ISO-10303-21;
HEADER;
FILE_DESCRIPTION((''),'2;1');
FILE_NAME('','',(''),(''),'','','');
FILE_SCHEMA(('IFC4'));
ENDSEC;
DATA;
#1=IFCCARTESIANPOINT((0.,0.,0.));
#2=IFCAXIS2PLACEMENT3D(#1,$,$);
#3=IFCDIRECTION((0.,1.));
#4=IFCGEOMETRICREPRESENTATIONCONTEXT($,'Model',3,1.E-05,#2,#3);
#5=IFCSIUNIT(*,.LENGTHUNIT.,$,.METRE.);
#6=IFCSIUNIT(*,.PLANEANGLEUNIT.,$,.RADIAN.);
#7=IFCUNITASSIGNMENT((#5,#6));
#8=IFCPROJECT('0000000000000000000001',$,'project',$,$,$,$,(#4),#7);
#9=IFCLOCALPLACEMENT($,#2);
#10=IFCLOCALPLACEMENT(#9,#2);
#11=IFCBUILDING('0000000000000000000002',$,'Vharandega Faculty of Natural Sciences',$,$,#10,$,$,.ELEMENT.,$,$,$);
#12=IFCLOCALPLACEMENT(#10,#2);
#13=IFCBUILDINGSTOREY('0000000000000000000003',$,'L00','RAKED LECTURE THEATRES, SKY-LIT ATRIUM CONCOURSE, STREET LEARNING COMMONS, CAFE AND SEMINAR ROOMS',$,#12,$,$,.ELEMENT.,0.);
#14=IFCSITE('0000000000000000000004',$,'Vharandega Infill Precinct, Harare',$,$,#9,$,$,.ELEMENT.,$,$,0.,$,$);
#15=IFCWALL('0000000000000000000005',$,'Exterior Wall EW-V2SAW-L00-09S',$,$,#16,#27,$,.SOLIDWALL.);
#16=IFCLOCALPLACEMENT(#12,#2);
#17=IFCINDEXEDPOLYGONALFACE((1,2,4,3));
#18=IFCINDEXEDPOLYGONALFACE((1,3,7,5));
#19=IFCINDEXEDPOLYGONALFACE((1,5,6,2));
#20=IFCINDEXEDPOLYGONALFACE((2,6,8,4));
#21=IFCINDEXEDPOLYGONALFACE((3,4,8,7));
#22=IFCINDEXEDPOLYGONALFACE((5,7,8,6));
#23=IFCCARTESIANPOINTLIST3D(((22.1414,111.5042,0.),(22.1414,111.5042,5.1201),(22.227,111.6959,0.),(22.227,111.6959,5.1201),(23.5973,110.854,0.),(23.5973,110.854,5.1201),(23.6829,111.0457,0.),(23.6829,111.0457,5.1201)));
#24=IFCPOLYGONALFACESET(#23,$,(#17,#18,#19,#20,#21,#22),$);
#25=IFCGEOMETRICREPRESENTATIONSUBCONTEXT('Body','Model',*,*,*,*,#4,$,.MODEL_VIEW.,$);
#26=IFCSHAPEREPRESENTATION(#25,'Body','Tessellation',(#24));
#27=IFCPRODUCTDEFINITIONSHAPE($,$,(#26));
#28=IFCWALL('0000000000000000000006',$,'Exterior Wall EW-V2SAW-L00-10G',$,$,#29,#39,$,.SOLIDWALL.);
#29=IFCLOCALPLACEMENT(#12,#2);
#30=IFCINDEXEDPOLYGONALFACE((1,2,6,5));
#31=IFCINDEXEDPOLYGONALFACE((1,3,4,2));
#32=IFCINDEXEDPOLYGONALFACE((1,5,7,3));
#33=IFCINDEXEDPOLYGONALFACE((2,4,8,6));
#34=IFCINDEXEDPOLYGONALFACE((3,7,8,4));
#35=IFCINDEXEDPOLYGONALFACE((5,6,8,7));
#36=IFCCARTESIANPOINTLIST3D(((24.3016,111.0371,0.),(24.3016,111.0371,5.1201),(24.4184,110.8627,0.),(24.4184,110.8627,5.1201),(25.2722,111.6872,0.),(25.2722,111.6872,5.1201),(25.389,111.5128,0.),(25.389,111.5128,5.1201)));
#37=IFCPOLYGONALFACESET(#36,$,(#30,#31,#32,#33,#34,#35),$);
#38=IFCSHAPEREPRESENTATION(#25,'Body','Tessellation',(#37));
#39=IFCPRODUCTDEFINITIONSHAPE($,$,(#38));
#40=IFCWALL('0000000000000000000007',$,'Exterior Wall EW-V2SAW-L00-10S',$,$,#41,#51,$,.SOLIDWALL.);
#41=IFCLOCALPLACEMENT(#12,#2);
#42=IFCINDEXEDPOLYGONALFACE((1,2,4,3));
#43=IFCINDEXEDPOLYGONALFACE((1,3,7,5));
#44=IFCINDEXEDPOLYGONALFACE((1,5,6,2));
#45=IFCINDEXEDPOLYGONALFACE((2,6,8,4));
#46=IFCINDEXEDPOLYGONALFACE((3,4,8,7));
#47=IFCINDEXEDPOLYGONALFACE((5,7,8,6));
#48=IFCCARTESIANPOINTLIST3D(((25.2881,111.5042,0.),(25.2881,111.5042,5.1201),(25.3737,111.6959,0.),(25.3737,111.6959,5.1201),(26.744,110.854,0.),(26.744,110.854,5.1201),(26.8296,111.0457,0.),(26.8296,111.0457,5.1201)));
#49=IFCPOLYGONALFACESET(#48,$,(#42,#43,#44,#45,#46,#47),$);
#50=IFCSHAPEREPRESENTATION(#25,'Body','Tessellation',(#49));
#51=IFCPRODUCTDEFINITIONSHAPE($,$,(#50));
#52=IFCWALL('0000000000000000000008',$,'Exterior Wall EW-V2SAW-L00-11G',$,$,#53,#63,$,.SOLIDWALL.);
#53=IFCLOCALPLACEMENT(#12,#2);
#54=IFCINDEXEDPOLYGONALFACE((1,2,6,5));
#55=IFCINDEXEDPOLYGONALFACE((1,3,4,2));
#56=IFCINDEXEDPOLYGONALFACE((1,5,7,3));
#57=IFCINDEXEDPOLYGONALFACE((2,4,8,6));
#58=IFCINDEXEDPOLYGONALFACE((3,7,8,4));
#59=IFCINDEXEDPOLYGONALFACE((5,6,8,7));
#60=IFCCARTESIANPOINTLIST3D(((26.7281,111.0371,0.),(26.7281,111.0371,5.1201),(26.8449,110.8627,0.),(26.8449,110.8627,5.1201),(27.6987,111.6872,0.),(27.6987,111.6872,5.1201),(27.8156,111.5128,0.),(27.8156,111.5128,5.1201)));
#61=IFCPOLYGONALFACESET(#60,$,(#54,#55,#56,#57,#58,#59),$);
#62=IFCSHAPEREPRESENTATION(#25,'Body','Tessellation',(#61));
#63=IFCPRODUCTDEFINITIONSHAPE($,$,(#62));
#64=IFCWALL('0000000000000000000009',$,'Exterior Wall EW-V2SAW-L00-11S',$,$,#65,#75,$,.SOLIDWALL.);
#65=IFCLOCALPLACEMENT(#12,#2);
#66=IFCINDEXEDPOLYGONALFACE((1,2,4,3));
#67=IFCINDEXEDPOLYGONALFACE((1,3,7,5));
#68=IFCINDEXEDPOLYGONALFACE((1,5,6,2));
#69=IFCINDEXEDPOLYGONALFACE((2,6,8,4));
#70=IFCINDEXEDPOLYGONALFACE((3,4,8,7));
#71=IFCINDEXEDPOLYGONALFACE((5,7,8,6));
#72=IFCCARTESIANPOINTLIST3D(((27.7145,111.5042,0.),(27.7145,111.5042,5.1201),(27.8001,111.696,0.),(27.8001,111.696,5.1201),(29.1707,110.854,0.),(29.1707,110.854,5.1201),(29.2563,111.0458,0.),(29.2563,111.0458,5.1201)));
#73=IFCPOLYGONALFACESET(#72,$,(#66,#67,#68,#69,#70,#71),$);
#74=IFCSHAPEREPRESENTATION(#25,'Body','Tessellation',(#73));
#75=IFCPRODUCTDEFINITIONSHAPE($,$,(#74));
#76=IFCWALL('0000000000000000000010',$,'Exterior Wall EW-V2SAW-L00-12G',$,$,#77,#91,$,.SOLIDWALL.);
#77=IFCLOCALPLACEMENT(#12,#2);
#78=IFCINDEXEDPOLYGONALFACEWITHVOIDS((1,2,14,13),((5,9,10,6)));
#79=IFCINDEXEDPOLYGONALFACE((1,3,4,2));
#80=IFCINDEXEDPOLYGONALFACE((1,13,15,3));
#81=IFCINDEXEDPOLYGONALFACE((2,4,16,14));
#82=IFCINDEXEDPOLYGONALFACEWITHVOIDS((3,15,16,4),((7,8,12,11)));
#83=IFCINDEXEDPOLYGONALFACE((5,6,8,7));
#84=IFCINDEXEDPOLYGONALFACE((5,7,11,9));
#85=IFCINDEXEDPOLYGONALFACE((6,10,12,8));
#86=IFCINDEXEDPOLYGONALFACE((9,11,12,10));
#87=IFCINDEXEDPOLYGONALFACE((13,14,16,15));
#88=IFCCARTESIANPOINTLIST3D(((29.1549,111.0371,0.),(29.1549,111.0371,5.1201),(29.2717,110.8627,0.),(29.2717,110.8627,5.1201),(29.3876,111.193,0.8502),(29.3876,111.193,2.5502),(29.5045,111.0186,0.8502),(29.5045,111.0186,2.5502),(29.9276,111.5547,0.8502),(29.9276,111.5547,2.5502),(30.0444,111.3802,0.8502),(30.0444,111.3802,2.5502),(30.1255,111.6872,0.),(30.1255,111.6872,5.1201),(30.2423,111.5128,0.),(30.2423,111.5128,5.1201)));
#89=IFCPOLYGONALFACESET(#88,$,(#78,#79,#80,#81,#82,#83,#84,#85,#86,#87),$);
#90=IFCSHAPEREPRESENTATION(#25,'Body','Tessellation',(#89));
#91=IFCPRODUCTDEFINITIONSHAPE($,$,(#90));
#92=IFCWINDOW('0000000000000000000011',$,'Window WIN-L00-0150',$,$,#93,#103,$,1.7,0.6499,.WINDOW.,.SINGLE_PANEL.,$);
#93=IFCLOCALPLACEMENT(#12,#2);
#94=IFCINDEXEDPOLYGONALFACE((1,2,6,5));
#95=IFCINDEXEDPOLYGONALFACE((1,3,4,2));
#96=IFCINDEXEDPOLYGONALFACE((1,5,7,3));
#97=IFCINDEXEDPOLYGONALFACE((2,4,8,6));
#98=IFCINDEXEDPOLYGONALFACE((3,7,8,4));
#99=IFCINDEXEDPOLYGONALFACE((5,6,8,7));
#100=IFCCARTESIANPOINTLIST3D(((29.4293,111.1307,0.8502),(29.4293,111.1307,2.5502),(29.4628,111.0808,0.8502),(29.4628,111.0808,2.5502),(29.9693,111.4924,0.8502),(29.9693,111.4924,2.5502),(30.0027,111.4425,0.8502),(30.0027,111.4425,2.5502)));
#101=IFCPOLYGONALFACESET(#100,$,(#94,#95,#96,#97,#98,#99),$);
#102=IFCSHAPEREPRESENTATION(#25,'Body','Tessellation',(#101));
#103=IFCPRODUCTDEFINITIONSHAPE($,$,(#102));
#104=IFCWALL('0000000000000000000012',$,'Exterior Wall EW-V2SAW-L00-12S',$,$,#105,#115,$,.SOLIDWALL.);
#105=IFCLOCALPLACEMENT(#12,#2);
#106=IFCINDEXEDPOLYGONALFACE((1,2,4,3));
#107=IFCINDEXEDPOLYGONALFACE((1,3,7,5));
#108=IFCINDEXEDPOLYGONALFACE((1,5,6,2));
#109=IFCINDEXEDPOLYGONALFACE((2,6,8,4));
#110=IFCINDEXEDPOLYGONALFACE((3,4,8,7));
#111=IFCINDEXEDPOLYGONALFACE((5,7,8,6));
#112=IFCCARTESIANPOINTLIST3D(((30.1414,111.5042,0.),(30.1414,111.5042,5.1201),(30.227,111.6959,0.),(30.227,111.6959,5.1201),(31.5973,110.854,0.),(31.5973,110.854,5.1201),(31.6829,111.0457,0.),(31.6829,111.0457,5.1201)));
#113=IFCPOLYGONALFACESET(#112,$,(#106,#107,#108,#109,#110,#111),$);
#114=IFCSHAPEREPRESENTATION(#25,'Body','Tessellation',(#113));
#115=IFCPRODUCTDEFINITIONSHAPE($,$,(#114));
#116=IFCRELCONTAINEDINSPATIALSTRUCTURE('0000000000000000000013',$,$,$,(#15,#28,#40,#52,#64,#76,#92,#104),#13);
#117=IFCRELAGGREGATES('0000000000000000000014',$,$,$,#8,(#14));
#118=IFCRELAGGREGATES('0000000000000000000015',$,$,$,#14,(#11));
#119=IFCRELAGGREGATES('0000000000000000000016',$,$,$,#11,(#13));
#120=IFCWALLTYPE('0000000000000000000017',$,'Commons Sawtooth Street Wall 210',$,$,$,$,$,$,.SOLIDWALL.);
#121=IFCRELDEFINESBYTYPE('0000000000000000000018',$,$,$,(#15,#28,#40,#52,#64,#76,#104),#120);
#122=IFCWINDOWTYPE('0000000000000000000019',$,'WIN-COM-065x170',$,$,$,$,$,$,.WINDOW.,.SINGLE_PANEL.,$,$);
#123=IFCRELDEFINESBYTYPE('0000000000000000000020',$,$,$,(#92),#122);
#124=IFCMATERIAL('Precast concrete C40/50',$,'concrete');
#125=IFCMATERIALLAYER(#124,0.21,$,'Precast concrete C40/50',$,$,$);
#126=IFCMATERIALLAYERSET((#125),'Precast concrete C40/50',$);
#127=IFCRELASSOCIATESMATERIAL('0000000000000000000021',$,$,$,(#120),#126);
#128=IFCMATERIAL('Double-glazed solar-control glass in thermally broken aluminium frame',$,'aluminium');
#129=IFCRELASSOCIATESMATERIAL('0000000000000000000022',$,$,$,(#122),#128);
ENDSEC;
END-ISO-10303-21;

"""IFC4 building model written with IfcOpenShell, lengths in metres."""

from ifc_helpers import new_model, si_unit, direction, frame, frame_2d, origin, place, context, subcontext, project, spatial, rectangle, extrude, material, layer, layer_set, type_object, element, fill, save


model = new_model("IFC4")

# Units and contexts
model_context = context("Model", 3, precision=1e-05, world=origin(), true_north=direction((0.0, 1.0)))
body_context = subcontext(model_context, "Body", "Model", "MODEL_VIEW")
ifc_project = project(units=[si_unit("LENGTHUNIT", "METRE"), si_unit("PLANEANGLEUNIT", "RADIAN")], contexts=[model_context])

# Site, building, storey
site_placement = place(None, origin())
site = spatial("IfcSite", under=ifc_project, at=site_placement, Name="Vharandega Infill Precinct, Harare", CompositionType="ELEMENT", RefElevation=0.0)
building_placement = place(site_placement, origin())
building = spatial("IfcBuilding", under=site, at=building_placement, Name="Vharandega Faculty of Natural Sciences", CompositionType="ELEMENT")
storey_placement = place(building_placement, origin())
storey = spatial("IfcBuildingStorey", under=building, at=storey_placement, Name="L00", Description="RAKED LECTURE THEATRES, SKY-LIT ATRIUM CONCOURSE, STREET LEARNING COMMONS, CAFE AND SEMINAR ROOMS", CompositionType="ELEMENT", Elevation=0.0)

# Shared definitions
ifc_material_1 = material(Name="Precast concrete C40/50", Category="concrete")
ifc_layer = layer(ifc_material_1, 0.21, Name="Precast concrete C40/50")
ifc_layer_set = layer_set([ifc_layer], Name="Precast concrete C40/50")
wall_type = type_object("IfcWallType", Name="Commons Sawtooth Street Wall 210", PredefinedType="SOLIDWALL", material=ifc_layer_set)

# Shared definitions
ifc_material_2 = material(Name="Double-glazed solar-control glass in thermally broken aluminium frame", Category="aluminium")
window_type = type_object("IfcWindowType", Name="WIN-COM-065x170", PartitioningType="SINGLE_PANEL", PredefinedType="WINDOW", material=ifc_material_2)

# Walls
wall_1_placement = place(storey_placement, frame((22.1841, 111.6001, 0.0), z_axis=(0.0, 0.0, 1.0), x_axis=(0.913084, -0.407772, 0.0)))
element("IfcWall", 1, at=wall_1_placement, inside=storey, type_object=wall_type, Name="Exterior Wall EW-V2SAW-L00-09S", PredefinedType="SOLIDWALL", context=body_context, shape_type="SweptSolid", body=[
    extrude(rectangle(XDim=1.5945, YDim=0.21, at=frame_2d((0.7974, 0.0))), origin(), (0.0, 0.0, 1.0), 5.1201),
])
wall_2_placement = place(storey_placement, frame((24.3601, 110.95, 0.0), z_axis=(0.0, 0.0, 1.0), x_axis=(0.830859, 0.556483, 0.0)))
element("IfcWall", 2, at=wall_2_placement, inside=storey, type_object=wall_type, Name="Exterior Wall EW-V2SAW-L00-10G", PredefinedType="SOLIDWALL", context=body_context, shape_type="SweptSolid", body=[
    extrude(rectangle(XDim=1.1682, YDim=0.21, at=frame_2d((0.584, 0.0))), origin(), (0.0, 0.0, 1.0), 5.1201),
])
wall_3_placement = place(storey_placement, frame((25.3308, 111.6001, 0.0), z_axis=(0.0, 0.0, 1.0), x_axis=(0.913084, -0.407772, 0.0)))
element("IfcWall", 3, at=wall_3_placement, inside=storey, type_object=wall_type, Name="Exterior Wall EW-V2SAW-L00-10S", PredefinedType="SOLIDWALL", context=body_context, shape_type="SweptSolid", body=[
    extrude(rectangle(XDim=1.5945, YDim=0.21, at=frame_2d((0.7974, 0.0))), origin(), (0.0, 0.0, 1.0), 5.1201),
])
wall_4_placement = place(storey_placement, frame((26.7866, 110.95, 0.0), z_axis=(0.0, 0.0, 1.0), x_axis=(0.830859, 0.556483, 0.0)))
element("IfcWall", 4, at=wall_4_placement, inside=storey, type_object=wall_type, Name="Exterior Wall EW-V2SAW-L00-11G", PredefinedType="SOLIDWALL", context=body_context, shape_type="SweptSolid", body=[
    extrude(rectangle(XDim=1.1682, YDim=0.21, at=frame_2d((0.584, 0.0))), origin(), (0.0, 0.0, 1.0), 5.1201),
])
wall_5_placement = place(storey_placement, frame((27.7573, 111.6001, 0.0), z_axis=(0.0, 0.0, 1.0), x_axis=(0.913109, -0.407715, 0.0)))
element("IfcWall", 5, at=wall_5_placement, inside=storey, type_object=wall_type, Name="Exterior Wall EW-V2SAW-L00-11S", PredefinedType="SOLIDWALL", context=body_context, shape_type="SweptSolid", body=[
    extrude(rectangle(XDim=1.5947, YDim=0.21, at=frame_2d((0.7974, 0.0))), origin(), (0.0, 0.0, 1.0), 5.1201),
])

# Wall, opening, window
wall_6_placement = place(storey_placement, frame((29.2134, 110.95, 0.0), z_axis=(0.0, 0.0, 1.0), x_axis=(0.830859, 0.556483, 0.0)))
wall_6 = element("IfcWall", 6, at=wall_6_placement, inside=storey, type_object=wall_type, Name="Exterior Wall EW-V2SAW-L00-12G", PredefinedType="SOLIDWALL", context=body_context, shape_type="SweptSolid", body=[
    extrude(rectangle(XDim=1.1682, YDim=0.21, at=frame_2d((0.584, 0.0))), origin(), (0.0, 0.0, 1.0), 5.1201),
])
opening_1_placement = place(wall_6_placement, frame((0.28, 0.0, 0.8501)))
opening_1 = element("IfcOpeningElement", 7, at=opening_1_placement, cuts=wall_6, PredefinedType="OPENING", context=body_context, shape_type="SweptSolid", body=[
    extrude(rectangle(XDim=0.6499, YDim=1.7, at=frame_2d((0.325, 0.8501))), frame((0.0, 0.115, 0.0), z_axis=(0.0, -1.0, 0.0), x_axis=(1.0, 0.0, 0.0)), (0.0, 0.0, 1.0), 0.23),
])
window_1_placement = place(opening_1_placement, origin())
window_1 = element("IfcWindow", 8, at=window_1_placement, inside=storey, type_object=window_type, Name="Window WIN-L00-0150", OverallHeight=1.7, OverallWidth=0.6499, PartitioningType="SINGLE_PANEL", PredefinedType="WINDOW", context=body_context, shape_type="SweptSolid", body=[
    extrude(rectangle(XDim=0.6499, YDim=1.7, at=frame_2d((0.325, 0.8501))), frame((0.0, 0.03, 0.0), z_axis=(0.0, -1.0, 0.0), x_axis=(1.0, 0.0, 0.0)), (0.0, 0.0, 1.0), 0.0601),
])
fill(opening_1, window_1)

# Wall
wall_7_placement = place(storey_placement, frame((30.1841, 111.6001, 0.0), z_axis=(0.0, 0.0, 1.0), x_axis=(0.913084, -0.407772, 0.0)))
element("IfcWall", 9, at=wall_7_placement, inside=storey, type_object=wall_type, Name="Exterior Wall EW-V2SAW-L00-12S", PredefinedType="SOLIDWALL", context=body_context, shape_type="SweptSolid", body=[
    extrude(rectangle(XDim=1.5945, YDim=0.21, at=frame_2d((0.7974, 0.0))), origin(), (0.0, 0.0, 1.0), 5.1201),
])

save(model, "model.ifc")
